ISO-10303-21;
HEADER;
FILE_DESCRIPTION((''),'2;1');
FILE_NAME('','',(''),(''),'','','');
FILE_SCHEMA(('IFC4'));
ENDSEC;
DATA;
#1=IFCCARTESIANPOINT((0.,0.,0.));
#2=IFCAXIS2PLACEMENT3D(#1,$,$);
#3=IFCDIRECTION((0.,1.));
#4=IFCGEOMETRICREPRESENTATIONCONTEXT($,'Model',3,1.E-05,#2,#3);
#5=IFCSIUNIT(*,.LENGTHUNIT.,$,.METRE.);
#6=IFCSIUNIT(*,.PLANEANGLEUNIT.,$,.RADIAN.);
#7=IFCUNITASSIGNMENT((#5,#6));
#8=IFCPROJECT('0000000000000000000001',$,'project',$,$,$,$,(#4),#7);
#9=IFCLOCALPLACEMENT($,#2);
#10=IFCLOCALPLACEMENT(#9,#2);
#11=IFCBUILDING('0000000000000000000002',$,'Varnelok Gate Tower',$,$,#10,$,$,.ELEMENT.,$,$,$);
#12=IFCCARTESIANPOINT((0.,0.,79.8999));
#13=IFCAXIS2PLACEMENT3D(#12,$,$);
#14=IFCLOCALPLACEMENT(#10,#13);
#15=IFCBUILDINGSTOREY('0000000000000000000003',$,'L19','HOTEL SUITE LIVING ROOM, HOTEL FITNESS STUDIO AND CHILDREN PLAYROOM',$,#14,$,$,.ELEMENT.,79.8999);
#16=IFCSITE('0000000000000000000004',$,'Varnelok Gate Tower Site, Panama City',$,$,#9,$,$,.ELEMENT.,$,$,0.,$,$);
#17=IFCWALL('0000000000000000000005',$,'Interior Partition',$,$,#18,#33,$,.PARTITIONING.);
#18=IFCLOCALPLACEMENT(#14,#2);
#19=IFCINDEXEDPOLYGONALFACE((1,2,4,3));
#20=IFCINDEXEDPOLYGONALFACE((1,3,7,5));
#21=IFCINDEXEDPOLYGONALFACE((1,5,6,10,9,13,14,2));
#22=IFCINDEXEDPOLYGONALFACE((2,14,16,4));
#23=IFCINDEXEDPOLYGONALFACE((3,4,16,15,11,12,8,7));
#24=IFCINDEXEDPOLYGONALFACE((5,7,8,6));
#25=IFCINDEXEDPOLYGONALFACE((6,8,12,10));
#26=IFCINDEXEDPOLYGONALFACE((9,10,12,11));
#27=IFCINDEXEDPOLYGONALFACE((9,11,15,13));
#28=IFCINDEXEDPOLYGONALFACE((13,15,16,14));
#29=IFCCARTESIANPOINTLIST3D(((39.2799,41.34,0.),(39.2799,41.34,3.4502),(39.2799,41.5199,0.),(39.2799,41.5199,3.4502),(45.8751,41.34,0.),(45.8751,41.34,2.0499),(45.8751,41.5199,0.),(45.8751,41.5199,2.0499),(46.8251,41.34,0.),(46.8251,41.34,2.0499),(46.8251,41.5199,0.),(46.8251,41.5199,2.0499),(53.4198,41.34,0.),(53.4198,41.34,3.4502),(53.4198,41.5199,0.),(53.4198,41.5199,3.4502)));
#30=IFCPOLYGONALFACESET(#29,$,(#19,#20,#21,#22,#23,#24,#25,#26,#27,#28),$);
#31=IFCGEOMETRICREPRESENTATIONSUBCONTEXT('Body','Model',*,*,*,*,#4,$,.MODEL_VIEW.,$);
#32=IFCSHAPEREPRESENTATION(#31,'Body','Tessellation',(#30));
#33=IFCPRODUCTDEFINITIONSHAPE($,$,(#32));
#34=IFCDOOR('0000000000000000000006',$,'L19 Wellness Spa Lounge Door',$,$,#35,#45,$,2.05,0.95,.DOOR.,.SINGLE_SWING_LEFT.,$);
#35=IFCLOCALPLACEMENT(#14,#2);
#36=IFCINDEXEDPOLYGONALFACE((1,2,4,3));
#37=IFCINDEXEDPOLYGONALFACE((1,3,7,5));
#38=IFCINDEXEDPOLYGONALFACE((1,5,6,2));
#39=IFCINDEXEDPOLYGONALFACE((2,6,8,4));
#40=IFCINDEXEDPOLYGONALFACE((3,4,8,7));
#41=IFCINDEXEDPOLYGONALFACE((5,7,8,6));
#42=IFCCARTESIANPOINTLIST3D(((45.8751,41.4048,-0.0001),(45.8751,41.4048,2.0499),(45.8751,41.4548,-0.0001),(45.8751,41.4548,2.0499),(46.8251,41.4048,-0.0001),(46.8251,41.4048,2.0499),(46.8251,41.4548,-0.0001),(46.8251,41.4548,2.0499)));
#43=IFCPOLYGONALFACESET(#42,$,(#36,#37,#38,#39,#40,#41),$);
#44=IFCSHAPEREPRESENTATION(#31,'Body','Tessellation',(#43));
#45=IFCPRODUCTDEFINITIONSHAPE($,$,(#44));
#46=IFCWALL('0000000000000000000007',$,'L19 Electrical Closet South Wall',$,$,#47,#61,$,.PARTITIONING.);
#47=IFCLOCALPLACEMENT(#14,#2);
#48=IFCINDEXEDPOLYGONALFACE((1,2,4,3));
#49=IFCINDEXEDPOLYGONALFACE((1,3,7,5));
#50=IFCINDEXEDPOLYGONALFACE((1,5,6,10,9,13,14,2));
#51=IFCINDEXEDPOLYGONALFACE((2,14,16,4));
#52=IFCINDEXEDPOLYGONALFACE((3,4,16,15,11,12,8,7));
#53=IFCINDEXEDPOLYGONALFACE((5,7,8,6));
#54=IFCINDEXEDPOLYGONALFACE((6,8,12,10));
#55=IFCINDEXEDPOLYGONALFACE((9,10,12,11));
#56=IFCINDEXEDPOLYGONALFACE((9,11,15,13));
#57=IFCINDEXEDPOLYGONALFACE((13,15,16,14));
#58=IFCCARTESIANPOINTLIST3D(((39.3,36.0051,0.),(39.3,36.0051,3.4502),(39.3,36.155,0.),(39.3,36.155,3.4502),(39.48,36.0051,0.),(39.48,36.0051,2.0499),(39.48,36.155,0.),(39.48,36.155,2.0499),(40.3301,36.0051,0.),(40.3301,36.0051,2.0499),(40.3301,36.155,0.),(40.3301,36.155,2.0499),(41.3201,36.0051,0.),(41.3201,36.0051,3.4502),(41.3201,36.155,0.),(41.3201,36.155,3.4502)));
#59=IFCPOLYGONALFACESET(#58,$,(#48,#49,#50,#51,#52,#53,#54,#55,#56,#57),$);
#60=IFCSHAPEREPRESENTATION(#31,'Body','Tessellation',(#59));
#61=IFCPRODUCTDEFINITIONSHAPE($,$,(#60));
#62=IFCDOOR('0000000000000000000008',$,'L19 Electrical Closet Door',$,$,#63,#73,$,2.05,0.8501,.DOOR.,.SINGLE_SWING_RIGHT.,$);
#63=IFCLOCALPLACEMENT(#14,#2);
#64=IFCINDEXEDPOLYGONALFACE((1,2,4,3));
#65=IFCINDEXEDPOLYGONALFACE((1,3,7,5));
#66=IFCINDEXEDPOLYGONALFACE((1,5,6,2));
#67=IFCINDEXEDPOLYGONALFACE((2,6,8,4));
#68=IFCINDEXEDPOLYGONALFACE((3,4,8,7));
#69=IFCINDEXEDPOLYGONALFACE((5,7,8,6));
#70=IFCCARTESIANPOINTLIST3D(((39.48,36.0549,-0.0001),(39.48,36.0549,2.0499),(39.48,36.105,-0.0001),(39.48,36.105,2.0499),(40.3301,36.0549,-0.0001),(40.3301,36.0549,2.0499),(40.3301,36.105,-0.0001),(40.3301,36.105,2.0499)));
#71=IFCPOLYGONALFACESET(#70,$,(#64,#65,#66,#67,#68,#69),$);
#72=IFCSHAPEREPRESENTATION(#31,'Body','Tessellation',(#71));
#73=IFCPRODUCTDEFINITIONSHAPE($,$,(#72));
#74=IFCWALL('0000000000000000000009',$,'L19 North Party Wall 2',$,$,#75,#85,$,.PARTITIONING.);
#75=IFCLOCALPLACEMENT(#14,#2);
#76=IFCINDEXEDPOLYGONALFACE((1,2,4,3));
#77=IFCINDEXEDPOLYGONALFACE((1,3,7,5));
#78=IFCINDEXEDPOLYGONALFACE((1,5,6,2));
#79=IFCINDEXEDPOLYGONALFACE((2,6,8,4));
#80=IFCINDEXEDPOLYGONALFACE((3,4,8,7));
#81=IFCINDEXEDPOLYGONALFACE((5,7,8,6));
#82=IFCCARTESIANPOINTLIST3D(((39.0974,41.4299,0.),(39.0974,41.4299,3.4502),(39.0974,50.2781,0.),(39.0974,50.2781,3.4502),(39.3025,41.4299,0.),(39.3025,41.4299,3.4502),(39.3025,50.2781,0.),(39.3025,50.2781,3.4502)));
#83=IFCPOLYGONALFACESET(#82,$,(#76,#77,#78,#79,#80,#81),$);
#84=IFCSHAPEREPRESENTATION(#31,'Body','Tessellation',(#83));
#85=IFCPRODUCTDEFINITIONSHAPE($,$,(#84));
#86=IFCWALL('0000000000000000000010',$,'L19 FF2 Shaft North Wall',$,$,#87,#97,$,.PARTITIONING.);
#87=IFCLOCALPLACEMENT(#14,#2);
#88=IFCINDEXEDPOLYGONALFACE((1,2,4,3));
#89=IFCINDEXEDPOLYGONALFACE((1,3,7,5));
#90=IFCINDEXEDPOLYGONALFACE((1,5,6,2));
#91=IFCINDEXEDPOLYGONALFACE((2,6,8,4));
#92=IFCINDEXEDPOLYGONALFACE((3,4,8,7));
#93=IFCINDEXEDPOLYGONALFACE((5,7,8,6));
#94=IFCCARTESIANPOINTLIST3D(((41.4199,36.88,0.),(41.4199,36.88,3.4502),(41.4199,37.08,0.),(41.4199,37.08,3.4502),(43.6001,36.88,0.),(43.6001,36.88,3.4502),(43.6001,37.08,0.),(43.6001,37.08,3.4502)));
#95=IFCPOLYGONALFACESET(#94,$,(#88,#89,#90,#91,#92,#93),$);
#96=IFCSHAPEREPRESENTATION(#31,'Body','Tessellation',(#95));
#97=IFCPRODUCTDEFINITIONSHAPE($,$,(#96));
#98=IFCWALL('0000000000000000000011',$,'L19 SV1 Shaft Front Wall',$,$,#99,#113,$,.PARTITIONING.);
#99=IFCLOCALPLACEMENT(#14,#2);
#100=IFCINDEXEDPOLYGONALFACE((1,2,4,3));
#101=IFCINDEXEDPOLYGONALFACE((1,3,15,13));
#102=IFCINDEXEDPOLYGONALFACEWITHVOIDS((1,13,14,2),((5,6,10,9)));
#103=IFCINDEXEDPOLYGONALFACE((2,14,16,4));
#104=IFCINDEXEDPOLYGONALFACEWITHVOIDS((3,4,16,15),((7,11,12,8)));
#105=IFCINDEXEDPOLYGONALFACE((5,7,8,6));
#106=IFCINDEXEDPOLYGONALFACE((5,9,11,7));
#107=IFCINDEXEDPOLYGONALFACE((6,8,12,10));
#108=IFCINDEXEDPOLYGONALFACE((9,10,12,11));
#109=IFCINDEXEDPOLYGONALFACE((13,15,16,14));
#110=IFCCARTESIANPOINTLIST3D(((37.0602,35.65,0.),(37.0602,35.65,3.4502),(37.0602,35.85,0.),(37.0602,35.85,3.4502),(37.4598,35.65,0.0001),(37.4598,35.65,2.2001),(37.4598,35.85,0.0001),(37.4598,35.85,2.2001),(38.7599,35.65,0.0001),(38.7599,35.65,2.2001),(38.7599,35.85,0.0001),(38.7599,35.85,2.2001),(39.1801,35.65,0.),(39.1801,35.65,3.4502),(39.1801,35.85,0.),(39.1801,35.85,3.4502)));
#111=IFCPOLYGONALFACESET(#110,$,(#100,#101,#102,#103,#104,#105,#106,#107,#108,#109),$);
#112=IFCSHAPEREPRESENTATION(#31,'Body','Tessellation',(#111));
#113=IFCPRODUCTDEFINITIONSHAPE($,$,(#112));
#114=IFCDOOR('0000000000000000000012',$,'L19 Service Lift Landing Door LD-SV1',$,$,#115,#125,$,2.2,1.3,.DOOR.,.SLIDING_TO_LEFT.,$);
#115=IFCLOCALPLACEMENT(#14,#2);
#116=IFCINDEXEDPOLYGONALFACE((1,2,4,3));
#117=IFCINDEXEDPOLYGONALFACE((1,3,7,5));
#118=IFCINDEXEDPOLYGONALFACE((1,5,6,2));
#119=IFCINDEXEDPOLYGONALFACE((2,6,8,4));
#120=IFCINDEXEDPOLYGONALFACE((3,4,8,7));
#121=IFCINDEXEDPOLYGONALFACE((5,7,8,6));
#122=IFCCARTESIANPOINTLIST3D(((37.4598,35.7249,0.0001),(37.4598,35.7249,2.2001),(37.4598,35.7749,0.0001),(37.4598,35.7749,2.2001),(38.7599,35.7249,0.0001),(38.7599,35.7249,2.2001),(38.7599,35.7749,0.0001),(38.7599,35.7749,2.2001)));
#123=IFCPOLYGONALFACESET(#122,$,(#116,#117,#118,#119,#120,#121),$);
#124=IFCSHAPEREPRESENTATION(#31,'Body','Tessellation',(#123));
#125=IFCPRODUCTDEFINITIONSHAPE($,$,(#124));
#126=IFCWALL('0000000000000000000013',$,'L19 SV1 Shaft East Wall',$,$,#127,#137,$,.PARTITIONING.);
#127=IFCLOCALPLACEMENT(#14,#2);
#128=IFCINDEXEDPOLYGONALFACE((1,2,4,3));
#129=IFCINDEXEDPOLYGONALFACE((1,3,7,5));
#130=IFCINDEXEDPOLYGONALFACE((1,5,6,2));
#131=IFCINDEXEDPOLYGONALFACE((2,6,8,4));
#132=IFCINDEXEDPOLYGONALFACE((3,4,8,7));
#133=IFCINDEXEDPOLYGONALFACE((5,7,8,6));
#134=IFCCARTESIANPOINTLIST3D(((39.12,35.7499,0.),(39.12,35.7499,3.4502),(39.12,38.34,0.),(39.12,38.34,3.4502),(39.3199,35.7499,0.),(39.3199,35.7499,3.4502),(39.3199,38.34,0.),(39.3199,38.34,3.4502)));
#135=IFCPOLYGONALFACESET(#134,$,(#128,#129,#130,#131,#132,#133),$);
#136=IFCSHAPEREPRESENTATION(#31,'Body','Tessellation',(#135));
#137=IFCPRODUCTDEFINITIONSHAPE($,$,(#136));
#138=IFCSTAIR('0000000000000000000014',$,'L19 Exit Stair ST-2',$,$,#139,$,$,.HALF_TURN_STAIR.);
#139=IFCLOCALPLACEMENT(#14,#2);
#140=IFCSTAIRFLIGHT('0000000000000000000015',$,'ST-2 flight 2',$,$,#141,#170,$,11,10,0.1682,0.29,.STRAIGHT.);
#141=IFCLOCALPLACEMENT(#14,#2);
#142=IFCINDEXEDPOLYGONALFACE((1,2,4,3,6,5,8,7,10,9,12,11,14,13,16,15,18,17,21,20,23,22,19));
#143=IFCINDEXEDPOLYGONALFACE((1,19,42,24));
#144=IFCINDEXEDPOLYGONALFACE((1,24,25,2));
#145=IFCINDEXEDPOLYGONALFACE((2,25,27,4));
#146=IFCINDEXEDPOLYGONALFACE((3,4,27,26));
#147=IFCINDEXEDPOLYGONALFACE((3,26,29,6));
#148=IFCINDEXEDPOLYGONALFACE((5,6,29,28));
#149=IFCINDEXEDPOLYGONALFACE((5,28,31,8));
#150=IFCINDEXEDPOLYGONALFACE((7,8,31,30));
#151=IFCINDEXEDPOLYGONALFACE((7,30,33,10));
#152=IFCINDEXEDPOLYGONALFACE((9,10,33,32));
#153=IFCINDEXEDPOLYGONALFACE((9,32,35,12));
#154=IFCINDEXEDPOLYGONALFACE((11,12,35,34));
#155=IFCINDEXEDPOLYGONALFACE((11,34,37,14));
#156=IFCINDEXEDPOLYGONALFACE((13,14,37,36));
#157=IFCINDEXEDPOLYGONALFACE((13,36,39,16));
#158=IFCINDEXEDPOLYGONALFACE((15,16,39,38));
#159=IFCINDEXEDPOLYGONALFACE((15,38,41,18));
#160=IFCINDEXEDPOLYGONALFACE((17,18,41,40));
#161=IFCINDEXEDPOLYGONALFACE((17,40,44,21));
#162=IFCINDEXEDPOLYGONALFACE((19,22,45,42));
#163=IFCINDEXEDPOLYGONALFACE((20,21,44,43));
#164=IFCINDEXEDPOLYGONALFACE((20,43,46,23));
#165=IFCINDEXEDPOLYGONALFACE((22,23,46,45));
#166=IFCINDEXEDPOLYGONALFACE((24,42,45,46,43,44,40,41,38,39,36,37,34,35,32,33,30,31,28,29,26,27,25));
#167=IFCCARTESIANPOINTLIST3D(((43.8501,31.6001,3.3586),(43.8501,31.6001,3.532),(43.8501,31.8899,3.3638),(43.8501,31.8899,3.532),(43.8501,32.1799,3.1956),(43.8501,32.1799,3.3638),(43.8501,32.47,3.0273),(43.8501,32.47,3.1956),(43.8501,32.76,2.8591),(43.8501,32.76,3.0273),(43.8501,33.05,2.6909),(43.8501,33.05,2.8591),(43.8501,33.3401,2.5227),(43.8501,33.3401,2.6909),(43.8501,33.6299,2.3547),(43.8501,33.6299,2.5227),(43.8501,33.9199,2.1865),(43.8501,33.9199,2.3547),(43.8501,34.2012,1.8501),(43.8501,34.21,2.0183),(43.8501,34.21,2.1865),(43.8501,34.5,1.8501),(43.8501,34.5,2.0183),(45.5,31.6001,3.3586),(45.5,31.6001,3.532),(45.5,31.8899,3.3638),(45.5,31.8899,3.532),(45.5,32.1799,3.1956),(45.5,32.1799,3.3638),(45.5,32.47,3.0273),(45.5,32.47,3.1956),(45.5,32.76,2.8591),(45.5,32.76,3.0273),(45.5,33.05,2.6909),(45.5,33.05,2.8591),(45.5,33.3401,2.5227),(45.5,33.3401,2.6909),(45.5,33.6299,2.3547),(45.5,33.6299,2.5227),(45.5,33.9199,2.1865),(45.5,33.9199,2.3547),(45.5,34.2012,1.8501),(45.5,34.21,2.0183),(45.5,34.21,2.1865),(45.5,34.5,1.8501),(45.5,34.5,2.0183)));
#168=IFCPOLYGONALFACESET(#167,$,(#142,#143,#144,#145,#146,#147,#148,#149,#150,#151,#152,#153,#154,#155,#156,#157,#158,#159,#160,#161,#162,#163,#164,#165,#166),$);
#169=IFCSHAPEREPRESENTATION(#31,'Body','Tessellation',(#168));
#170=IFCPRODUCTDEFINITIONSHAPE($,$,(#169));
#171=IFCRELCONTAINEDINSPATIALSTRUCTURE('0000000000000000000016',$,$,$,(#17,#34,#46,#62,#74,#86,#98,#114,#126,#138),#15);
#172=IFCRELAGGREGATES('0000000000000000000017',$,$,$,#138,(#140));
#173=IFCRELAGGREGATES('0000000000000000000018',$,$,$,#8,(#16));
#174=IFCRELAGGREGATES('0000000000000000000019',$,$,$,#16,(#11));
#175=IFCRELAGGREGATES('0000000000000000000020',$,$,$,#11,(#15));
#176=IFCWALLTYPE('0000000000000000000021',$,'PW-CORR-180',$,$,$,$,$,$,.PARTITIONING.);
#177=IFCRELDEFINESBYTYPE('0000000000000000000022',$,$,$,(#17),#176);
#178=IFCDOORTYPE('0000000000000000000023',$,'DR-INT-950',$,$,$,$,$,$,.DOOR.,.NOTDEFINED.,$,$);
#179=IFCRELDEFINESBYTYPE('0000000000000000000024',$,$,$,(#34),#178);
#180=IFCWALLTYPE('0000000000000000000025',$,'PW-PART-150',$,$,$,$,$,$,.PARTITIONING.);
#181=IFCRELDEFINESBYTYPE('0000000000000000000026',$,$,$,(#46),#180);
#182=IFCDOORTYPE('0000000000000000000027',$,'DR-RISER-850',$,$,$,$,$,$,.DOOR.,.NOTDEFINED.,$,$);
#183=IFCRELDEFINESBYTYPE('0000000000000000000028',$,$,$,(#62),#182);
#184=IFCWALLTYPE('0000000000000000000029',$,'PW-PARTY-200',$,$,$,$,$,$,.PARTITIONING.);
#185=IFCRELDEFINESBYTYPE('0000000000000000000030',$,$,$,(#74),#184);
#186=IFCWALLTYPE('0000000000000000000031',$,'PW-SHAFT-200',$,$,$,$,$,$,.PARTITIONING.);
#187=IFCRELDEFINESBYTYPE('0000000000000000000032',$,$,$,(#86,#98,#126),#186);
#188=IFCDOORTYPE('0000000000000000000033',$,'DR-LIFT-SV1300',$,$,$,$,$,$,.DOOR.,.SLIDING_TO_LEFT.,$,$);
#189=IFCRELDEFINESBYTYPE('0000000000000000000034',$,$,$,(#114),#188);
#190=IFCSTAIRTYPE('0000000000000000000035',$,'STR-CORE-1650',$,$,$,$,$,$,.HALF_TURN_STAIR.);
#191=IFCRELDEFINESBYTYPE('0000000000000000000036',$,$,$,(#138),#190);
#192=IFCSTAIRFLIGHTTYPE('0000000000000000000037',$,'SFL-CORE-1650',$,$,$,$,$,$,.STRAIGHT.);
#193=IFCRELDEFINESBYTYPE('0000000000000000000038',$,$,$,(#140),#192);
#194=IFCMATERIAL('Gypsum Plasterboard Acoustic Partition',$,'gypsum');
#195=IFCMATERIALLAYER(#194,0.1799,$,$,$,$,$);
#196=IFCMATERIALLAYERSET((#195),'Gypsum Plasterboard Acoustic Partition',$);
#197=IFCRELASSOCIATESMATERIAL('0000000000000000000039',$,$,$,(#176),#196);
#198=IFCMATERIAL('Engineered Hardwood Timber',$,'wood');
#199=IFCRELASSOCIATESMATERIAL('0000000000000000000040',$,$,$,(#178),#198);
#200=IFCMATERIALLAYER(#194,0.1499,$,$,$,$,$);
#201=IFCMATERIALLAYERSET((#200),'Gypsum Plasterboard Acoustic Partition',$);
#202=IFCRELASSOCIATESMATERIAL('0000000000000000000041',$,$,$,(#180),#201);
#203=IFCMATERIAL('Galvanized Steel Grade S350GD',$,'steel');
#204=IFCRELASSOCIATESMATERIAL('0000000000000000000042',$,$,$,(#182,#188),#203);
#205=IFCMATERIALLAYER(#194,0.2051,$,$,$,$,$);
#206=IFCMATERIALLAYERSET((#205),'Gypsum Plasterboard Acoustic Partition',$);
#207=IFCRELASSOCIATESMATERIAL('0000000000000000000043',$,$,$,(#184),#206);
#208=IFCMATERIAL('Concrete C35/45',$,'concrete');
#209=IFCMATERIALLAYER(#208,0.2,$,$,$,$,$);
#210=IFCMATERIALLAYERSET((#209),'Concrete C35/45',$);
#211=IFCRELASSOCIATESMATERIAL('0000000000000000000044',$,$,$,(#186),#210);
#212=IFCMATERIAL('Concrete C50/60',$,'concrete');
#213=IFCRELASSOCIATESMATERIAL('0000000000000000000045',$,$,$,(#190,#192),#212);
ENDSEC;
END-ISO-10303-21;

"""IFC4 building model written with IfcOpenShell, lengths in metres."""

from ifc_helpers import new_model, si_unit, direction, frame, frame_2d, origin, place, context, subcontext, project, spatial, polyline, rectangle, outline, extrude, material, layer, layer_set, type_object, element, fill, aggregate, save


model = new_model("IFC4")

# Units and contexts
model_context = context("Model", 3, precision=1e-05, world=origin(), true_north=direction((0.0, 1.0)))
body_context = subcontext(model_context, "Body", "Model", "MODEL_VIEW")
ifc_project = project(units=[si_unit("LENGTHUNIT", "METRE"), si_unit("PLANEANGLEUNIT", "RADIAN")], contexts=[model_context])

# Site, building, storey
site_placement = place(None, origin())
site = spatial("IfcSite", under=ifc_project, at=site_placement, Name="Varnelok Gate Tower Site, Panama City", CompositionType="ELEMENT", RefElevation=0.0)
building_placement = place(site_placement, origin())
building = spatial("IfcBuilding", under=site, at=building_placement, Name="Varnelok Gate Tower", CompositionType="ELEMENT")
storey_placement = place(building_placement, frame((0.0, 0.0, 79.8999)))
storey = spatial("IfcBuildingStorey", under=building, at=storey_placement, Name="L19", Description="HOTEL SUITE LIVING ROOM, HOTEL FITNESS STUDIO AND CHILDREN PLAYROOM", CompositionType="ELEMENT", Elevation=79.8999)

# Walls, openings, doors
ifc_material_1 = material(Name="Gypsum Plasterboard Acoustic Partition", Category="gypsum")
ifc_layer_1 = layer(ifc_material_1, 0.1799)
ifc_layer_set_1 = layer_set([ifc_layer_1], Name="Gypsum Plasterboard Acoustic Partition")
wall_type_1 = type_object("IfcWallType", Name="PW-CORR-180", PredefinedType="PARTITIONING", material=ifc_layer_set_1)
wall_1_placement = place(storey_placement, frame((39.28, 41.4299, 0.0), z_axis=(0.0, 0.0, 1.0), x_axis=(1.0, 0.0, 0.0)))
wall_1 = element("IfcWall", 1, at=wall_1_placement, inside=storey, type_object=wall_type_1, Name="Interior Partition", PredefinedType="PARTITIONING", context=body_context, shape_type="SweptSolid", body=[
    extrude(rectangle(XDim=14.1399, YDim=0.1799, at=frame_2d((7.0698, 0.0))), origin(), (0.0, 0.0, 1.0), 3.4502),
])
opening_1_placement = place(wall_1_placement, frame((6.595, 0.0, 0.0)))
opening_1 = element("IfcOpeningElement", 2, at=opening_1_placement, cuts=wall_1, PredefinedType="OPENING", context=body_context, shape_type="SweptSolid", body=[
    extrude(rectangle(XDim=0.95, YDim=2.05, at=frame_2d((0.4751, 1.0249))), frame((0.0, 0.0999, 0.0), z_axis=(0.0, -1.0, 0.0), x_axis=(1.0, 0.0, 0.0)), (0.0, 0.0, 1.0), 0.2),
])
ifc_material_2 = material(Name="Engineered Hardwood Timber", Category="wood")
door_type_1 = type_object("IfcDoorType", Name="DR-INT-950", OperationType="NOTDEFINED", PredefinedType="DOOR", material=ifc_material_2)
door_1_placement = place(opening_1_placement, origin())
door_1 = element("IfcDoor", 3, at=door_1_placement, inside=storey, type_object=door_type_1, Name="L19 Wellness Spa Lounge Door", OperationType="SINGLE_SWING_LEFT", OverallHeight=2.05, OverallWidth=0.95, PredefinedType="DOOR", context=body_context, shape_type="SweptSolid", body=[
    extrude(rectangle(XDim=0.95, YDim=2.05, at=frame_2d((0.4751, 1.0249))), frame((0.0, 0.0249, 0.0), z_axis=(0.0, -1.0, 0.0), x_axis=(1.0, 0.0, 0.0)), (0.0, 0.0, 1.0), 0.05),
])
fill(opening_1, door_1)
ifc_layer_2 = layer(ifc_material_1, 0.1499)
ifc_layer_set_2 = layer_set([ifc_layer_2], Name="Gypsum Plasterboard Acoustic Partition")
wall_type_2 = type_object("IfcWallType", Name="PW-PART-150", PredefinedType="PARTITIONING", material=ifc_layer_set_2)
wall_2_placement = place(storey_placement, frame((39.3, 36.0801, 0.0), z_axis=(0.0, 0.0, 1.0), x_axis=(1.0, 0.0, 0.0)))
wall_2 = element("IfcWall", 4, at=wall_2_placement, inside=storey, type_object=wall_type_2, Name="L19 Electrical Closet South Wall", PredefinedType="PARTITIONING", context=body_context, shape_type="SweptSolid", body=[
    extrude(rectangle(XDim=2.02, YDim=0.1499, at=frame_2d((1.01, 0.0))), origin(), (0.0, 0.0, 1.0), 3.4502),
])
opening_2_placement = place(wall_2_placement, frame((0.1799, 0.0, 0.0)))
opening_2 = element("IfcOpeningElement", 5, at=opening_2_placement, cuts=wall_2, PredefinedType="OPENING", context=body_context, shape_type="SweptSolid", body=[
    extrude(rectangle(XDim=0.8501, YDim=2.05, at=frame_2d((0.425, 1.0249))), frame((0.0, 0.085, 0.0), z_axis=(0.0, -1.0, 0.0), x_axis=(1.0, 0.0, 0.0)), (0.0, 0.0, 1.0), 0.1699),
])
ifc_material_3 = material(Name="Galvanized Steel Grade S350GD", Category="steel")
door_type_2 = type_object("IfcDoorType", Name="DR-RISER-850", OperationType="NOTDEFINED", PredefinedType="DOOR", material=ifc_material_3)
door_2_placement = place(opening_2_placement, origin())
door_2 = element("IfcDoor", 6, at=door_2_placement, inside=storey, type_object=door_type_2, Name="L19 Electrical Closet Door", OperationType="SINGLE_SWING_RIGHT", OverallHeight=2.05, OverallWidth=0.8501, PredefinedType="DOOR", context=body_context, shape_type="SweptSolid", body=[
    extrude(rectangle(XDim=0.8501, YDim=2.05, at=frame_2d((0.425, 1.0249))), frame((0.0, 0.0249, 0.0), z_axis=(0.0, -1.0, 0.0), x_axis=(1.0, 0.0, 0.0)), (0.0, 0.0, 1.0), 0.05),
])
fill(opening_2, door_2)

# Walls
ifc_layer_3 = layer(ifc_material_1, 0.2051)
ifc_layer_set_3 = layer_set([ifc_layer_3], Name="Gypsum Plasterboard Acoustic Partition")
wall_type_3 = type_object("IfcWallType", Name="PW-PARTY-200", PredefinedType="PARTITIONING", material=ifc_layer_set_3)
wall_3_placement = place(storey_placement, frame((39.2, 41.4299, 0.0), z_axis=(0.0, 0.0, 1.0), x_axis=(0.0, 1.0, 0.0)))
element("IfcWall", 7, at=wall_3_placement, inside=storey, type_object=wall_type_3, Name="L19 North Party Wall 2", PredefinedType="PARTITIONING", context=body_context, shape_type="SweptSolid", body=[
    extrude(rectangle(XDim=8.8481, YDim=0.2051, at=frame_2d((4.4241, 0.0))), origin(), (0.0, 0.0, 1.0), 3.4502),
])
ifc_material_4 = material(Name="Concrete C35/45", Category="concrete")
ifc_layer_4 = layer(ifc_material_4, 0.2)
ifc_layer_set_4 = layer_set([ifc_layer_4], Name="Concrete C35/45")
wall_type_4 = type_object("IfcWallType", Name="PW-SHAFT-200", PredefinedType="PARTITIONING", material=ifc_layer_set_4)
wall_4_placement = place(storey_placement, frame((41.4199, 36.98, 0.0), z_axis=(0.0, 0.0, 1.0), x_axis=(1.0, 0.0, 0.0)))
element("IfcWall", 8, at=wall_4_placement, inside=storey, type_object=wall_type_4, Name="L19 FF2 Shaft North Wall", PredefinedType="PARTITIONING", context=body_context, shape_type="SweptSolid", body=[
    extrude(rectangle(XDim=2.1802, YDim=0.2, at=frame_2d((1.0901, 0.0))), origin(), (0.0, 0.0, 1.0), 3.4502),
])

# Wall, opening, door
wall_5_placement = place(storey_placement, frame((37.0601, 35.75, 0.0), z_axis=(0.0, 0.0, 1.0), x_axis=(1.0, 0.0, 0.0)))
wall_5 = element("IfcWall", 9, at=wall_5_placement, inside=storey, type_object=wall_type_4, Name="L19 SV1 Shaft Front Wall", PredefinedType="PARTITIONING", context=body_context, shape_type="SweptSolid", body=[
    extrude(rectangle(XDim=2.1199, YDim=0.2, at=frame_2d((1.0601, 0.0))), origin(), (0.0, 0.0, 1.0), 3.4502),
])
opening_3_placement = place(wall_5_placement, frame((0.3999, 0.0, 0.0)))
opening_3 = element("IfcOpeningElement", 10, at=opening_3_placement, cuts=wall_5, PredefinedType="OPENING", context=body_context, shape_type="SweptSolid", body=[
    extrude(rectangle(XDim=1.3, YDim=2.2, at=frame_2d((0.6499, 1.1001))), frame((0.0, 0.1099, 0.0), z_axis=(0.0, -1.0, 0.0), x_axis=(1.0, 0.0, 0.0)), (0.0, 0.0, 1.0), 0.22),
])
door_type_3 = type_object("IfcDoorType", Name="DR-LIFT-SV1300", OperationType="SLIDING_TO_LEFT", PredefinedType="DOOR", material=ifc_material_3)
door_3_placement = place(opening_3_placement, origin())
door_3 = element("IfcDoor", 11, at=door_3_placement, inside=storey, type_object=door_type_3, Name="L19 Service Lift Landing Door LD-SV1", OperationType="SLIDING_TO_LEFT", OverallHeight=2.2, OverallWidth=1.3, PredefinedType="DOOR", context=body_context, shape_type="SweptSolid", body=[
    extrude(rectangle(XDim=1.3, YDim=2.2, at=frame_2d((0.6499, 1.1001))), frame((0.0, 0.0249, 0.0), z_axis=(0.0, -1.0, 0.0), x_axis=(1.0, 0.0, 0.0)), (0.0, 0.0, 1.0), 0.05),
])
fill(opening_3, door_3)

# Wall
wall_6_placement = place(storey_placement, frame((39.22, 35.75, 0.0), z_axis=(0.0, 0.0, 1.0), x_axis=(0.0, 1.0, 0.0)))
element("IfcWall", 12, at=wall_6_placement, inside=storey, type_object=wall_type_4, Name="L19 SV1 Shaft East Wall", PredefinedType="PARTITIONING", context=body_context, shape_type="SweptSolid", body=[
    extrude(rectangle(XDim=2.5901, YDim=0.2, at=frame_2d((1.2949, 0.0))), origin(), (0.0, 0.0, 1.0), 3.4502),
])

# Stair, stair flight
ifc_material_5 = material(Name="Concrete C50/60", Category="concrete")
stair_type = type_object("IfcStairType", Name="STR-CORE-1650", PredefinedType="HALF_TURN_STAIR", material=ifc_material_5)
stair_placement = place(storey_placement, origin())
stair = element("IfcStair", 13, at=stair_placement, inside=storey, type_object=stair_type, Name="L19 Exit Stair ST-2", PredefinedType="HALF_TURN_STAIR")
stair_flight_type = type_object("IfcStairFlightType", Name="SFL-CORE-1650", PredefinedType="STRAIGHT", material=ifc_material_5)
stair_flight_placement = place(storey_placement, frame((44.675, 34.5, 1.8501), z_axis=(0.0, 0.0, 1.0), x_axis=(0.0, -1.0, 0.0)))
stair_flight = element("IfcStairFlight", 14, at=stair_flight_placement, type_object=stair_flight_type, Name="ST-2 flight 2", NumberOfRisers=11, NumberOfTreads=10, PredefinedType="STRAIGHT", RiserHeight=0.1682, TreadLength=0.29, context=body_context, shape_type="SweptSolid", body=[
    extrude(outline(polyline([(0.0, 0.0), (0.0, 0.1682), (0.29, 0.1682), (0.29, 0.3364), (0.5801, 0.3364), (0.5801, 0.5046), (0.8701, 0.5046), (0.8701, 0.6726), (1.1599, 0.6726), (1.1599, 0.8408), (1.45, 0.8408), (1.45, 1.009), (1.74, 1.009), (1.74, 1.1772), (2.03, 1.1772), (2.03, 1.3455), (2.3201, 1.3455), (2.3201, 1.5137), (2.6101, 1.5137), (2.6101, 1.6819), (2.8999, 1.6819), (2.8999, 1.8501), (2.8999, 1.5085), (0.2988, 0.0), (0.0, 0.0)])), frame((0.0, 0.825, 0.0), z_axis=(0.0, -1.0, 0.0), x_axis=(1.0, 0.0, 0.0)), (0.0, 0.0, 1.0), 1.6499),
])
aggregate(stair, [stair_flight])

save(model, "model.ifc")
